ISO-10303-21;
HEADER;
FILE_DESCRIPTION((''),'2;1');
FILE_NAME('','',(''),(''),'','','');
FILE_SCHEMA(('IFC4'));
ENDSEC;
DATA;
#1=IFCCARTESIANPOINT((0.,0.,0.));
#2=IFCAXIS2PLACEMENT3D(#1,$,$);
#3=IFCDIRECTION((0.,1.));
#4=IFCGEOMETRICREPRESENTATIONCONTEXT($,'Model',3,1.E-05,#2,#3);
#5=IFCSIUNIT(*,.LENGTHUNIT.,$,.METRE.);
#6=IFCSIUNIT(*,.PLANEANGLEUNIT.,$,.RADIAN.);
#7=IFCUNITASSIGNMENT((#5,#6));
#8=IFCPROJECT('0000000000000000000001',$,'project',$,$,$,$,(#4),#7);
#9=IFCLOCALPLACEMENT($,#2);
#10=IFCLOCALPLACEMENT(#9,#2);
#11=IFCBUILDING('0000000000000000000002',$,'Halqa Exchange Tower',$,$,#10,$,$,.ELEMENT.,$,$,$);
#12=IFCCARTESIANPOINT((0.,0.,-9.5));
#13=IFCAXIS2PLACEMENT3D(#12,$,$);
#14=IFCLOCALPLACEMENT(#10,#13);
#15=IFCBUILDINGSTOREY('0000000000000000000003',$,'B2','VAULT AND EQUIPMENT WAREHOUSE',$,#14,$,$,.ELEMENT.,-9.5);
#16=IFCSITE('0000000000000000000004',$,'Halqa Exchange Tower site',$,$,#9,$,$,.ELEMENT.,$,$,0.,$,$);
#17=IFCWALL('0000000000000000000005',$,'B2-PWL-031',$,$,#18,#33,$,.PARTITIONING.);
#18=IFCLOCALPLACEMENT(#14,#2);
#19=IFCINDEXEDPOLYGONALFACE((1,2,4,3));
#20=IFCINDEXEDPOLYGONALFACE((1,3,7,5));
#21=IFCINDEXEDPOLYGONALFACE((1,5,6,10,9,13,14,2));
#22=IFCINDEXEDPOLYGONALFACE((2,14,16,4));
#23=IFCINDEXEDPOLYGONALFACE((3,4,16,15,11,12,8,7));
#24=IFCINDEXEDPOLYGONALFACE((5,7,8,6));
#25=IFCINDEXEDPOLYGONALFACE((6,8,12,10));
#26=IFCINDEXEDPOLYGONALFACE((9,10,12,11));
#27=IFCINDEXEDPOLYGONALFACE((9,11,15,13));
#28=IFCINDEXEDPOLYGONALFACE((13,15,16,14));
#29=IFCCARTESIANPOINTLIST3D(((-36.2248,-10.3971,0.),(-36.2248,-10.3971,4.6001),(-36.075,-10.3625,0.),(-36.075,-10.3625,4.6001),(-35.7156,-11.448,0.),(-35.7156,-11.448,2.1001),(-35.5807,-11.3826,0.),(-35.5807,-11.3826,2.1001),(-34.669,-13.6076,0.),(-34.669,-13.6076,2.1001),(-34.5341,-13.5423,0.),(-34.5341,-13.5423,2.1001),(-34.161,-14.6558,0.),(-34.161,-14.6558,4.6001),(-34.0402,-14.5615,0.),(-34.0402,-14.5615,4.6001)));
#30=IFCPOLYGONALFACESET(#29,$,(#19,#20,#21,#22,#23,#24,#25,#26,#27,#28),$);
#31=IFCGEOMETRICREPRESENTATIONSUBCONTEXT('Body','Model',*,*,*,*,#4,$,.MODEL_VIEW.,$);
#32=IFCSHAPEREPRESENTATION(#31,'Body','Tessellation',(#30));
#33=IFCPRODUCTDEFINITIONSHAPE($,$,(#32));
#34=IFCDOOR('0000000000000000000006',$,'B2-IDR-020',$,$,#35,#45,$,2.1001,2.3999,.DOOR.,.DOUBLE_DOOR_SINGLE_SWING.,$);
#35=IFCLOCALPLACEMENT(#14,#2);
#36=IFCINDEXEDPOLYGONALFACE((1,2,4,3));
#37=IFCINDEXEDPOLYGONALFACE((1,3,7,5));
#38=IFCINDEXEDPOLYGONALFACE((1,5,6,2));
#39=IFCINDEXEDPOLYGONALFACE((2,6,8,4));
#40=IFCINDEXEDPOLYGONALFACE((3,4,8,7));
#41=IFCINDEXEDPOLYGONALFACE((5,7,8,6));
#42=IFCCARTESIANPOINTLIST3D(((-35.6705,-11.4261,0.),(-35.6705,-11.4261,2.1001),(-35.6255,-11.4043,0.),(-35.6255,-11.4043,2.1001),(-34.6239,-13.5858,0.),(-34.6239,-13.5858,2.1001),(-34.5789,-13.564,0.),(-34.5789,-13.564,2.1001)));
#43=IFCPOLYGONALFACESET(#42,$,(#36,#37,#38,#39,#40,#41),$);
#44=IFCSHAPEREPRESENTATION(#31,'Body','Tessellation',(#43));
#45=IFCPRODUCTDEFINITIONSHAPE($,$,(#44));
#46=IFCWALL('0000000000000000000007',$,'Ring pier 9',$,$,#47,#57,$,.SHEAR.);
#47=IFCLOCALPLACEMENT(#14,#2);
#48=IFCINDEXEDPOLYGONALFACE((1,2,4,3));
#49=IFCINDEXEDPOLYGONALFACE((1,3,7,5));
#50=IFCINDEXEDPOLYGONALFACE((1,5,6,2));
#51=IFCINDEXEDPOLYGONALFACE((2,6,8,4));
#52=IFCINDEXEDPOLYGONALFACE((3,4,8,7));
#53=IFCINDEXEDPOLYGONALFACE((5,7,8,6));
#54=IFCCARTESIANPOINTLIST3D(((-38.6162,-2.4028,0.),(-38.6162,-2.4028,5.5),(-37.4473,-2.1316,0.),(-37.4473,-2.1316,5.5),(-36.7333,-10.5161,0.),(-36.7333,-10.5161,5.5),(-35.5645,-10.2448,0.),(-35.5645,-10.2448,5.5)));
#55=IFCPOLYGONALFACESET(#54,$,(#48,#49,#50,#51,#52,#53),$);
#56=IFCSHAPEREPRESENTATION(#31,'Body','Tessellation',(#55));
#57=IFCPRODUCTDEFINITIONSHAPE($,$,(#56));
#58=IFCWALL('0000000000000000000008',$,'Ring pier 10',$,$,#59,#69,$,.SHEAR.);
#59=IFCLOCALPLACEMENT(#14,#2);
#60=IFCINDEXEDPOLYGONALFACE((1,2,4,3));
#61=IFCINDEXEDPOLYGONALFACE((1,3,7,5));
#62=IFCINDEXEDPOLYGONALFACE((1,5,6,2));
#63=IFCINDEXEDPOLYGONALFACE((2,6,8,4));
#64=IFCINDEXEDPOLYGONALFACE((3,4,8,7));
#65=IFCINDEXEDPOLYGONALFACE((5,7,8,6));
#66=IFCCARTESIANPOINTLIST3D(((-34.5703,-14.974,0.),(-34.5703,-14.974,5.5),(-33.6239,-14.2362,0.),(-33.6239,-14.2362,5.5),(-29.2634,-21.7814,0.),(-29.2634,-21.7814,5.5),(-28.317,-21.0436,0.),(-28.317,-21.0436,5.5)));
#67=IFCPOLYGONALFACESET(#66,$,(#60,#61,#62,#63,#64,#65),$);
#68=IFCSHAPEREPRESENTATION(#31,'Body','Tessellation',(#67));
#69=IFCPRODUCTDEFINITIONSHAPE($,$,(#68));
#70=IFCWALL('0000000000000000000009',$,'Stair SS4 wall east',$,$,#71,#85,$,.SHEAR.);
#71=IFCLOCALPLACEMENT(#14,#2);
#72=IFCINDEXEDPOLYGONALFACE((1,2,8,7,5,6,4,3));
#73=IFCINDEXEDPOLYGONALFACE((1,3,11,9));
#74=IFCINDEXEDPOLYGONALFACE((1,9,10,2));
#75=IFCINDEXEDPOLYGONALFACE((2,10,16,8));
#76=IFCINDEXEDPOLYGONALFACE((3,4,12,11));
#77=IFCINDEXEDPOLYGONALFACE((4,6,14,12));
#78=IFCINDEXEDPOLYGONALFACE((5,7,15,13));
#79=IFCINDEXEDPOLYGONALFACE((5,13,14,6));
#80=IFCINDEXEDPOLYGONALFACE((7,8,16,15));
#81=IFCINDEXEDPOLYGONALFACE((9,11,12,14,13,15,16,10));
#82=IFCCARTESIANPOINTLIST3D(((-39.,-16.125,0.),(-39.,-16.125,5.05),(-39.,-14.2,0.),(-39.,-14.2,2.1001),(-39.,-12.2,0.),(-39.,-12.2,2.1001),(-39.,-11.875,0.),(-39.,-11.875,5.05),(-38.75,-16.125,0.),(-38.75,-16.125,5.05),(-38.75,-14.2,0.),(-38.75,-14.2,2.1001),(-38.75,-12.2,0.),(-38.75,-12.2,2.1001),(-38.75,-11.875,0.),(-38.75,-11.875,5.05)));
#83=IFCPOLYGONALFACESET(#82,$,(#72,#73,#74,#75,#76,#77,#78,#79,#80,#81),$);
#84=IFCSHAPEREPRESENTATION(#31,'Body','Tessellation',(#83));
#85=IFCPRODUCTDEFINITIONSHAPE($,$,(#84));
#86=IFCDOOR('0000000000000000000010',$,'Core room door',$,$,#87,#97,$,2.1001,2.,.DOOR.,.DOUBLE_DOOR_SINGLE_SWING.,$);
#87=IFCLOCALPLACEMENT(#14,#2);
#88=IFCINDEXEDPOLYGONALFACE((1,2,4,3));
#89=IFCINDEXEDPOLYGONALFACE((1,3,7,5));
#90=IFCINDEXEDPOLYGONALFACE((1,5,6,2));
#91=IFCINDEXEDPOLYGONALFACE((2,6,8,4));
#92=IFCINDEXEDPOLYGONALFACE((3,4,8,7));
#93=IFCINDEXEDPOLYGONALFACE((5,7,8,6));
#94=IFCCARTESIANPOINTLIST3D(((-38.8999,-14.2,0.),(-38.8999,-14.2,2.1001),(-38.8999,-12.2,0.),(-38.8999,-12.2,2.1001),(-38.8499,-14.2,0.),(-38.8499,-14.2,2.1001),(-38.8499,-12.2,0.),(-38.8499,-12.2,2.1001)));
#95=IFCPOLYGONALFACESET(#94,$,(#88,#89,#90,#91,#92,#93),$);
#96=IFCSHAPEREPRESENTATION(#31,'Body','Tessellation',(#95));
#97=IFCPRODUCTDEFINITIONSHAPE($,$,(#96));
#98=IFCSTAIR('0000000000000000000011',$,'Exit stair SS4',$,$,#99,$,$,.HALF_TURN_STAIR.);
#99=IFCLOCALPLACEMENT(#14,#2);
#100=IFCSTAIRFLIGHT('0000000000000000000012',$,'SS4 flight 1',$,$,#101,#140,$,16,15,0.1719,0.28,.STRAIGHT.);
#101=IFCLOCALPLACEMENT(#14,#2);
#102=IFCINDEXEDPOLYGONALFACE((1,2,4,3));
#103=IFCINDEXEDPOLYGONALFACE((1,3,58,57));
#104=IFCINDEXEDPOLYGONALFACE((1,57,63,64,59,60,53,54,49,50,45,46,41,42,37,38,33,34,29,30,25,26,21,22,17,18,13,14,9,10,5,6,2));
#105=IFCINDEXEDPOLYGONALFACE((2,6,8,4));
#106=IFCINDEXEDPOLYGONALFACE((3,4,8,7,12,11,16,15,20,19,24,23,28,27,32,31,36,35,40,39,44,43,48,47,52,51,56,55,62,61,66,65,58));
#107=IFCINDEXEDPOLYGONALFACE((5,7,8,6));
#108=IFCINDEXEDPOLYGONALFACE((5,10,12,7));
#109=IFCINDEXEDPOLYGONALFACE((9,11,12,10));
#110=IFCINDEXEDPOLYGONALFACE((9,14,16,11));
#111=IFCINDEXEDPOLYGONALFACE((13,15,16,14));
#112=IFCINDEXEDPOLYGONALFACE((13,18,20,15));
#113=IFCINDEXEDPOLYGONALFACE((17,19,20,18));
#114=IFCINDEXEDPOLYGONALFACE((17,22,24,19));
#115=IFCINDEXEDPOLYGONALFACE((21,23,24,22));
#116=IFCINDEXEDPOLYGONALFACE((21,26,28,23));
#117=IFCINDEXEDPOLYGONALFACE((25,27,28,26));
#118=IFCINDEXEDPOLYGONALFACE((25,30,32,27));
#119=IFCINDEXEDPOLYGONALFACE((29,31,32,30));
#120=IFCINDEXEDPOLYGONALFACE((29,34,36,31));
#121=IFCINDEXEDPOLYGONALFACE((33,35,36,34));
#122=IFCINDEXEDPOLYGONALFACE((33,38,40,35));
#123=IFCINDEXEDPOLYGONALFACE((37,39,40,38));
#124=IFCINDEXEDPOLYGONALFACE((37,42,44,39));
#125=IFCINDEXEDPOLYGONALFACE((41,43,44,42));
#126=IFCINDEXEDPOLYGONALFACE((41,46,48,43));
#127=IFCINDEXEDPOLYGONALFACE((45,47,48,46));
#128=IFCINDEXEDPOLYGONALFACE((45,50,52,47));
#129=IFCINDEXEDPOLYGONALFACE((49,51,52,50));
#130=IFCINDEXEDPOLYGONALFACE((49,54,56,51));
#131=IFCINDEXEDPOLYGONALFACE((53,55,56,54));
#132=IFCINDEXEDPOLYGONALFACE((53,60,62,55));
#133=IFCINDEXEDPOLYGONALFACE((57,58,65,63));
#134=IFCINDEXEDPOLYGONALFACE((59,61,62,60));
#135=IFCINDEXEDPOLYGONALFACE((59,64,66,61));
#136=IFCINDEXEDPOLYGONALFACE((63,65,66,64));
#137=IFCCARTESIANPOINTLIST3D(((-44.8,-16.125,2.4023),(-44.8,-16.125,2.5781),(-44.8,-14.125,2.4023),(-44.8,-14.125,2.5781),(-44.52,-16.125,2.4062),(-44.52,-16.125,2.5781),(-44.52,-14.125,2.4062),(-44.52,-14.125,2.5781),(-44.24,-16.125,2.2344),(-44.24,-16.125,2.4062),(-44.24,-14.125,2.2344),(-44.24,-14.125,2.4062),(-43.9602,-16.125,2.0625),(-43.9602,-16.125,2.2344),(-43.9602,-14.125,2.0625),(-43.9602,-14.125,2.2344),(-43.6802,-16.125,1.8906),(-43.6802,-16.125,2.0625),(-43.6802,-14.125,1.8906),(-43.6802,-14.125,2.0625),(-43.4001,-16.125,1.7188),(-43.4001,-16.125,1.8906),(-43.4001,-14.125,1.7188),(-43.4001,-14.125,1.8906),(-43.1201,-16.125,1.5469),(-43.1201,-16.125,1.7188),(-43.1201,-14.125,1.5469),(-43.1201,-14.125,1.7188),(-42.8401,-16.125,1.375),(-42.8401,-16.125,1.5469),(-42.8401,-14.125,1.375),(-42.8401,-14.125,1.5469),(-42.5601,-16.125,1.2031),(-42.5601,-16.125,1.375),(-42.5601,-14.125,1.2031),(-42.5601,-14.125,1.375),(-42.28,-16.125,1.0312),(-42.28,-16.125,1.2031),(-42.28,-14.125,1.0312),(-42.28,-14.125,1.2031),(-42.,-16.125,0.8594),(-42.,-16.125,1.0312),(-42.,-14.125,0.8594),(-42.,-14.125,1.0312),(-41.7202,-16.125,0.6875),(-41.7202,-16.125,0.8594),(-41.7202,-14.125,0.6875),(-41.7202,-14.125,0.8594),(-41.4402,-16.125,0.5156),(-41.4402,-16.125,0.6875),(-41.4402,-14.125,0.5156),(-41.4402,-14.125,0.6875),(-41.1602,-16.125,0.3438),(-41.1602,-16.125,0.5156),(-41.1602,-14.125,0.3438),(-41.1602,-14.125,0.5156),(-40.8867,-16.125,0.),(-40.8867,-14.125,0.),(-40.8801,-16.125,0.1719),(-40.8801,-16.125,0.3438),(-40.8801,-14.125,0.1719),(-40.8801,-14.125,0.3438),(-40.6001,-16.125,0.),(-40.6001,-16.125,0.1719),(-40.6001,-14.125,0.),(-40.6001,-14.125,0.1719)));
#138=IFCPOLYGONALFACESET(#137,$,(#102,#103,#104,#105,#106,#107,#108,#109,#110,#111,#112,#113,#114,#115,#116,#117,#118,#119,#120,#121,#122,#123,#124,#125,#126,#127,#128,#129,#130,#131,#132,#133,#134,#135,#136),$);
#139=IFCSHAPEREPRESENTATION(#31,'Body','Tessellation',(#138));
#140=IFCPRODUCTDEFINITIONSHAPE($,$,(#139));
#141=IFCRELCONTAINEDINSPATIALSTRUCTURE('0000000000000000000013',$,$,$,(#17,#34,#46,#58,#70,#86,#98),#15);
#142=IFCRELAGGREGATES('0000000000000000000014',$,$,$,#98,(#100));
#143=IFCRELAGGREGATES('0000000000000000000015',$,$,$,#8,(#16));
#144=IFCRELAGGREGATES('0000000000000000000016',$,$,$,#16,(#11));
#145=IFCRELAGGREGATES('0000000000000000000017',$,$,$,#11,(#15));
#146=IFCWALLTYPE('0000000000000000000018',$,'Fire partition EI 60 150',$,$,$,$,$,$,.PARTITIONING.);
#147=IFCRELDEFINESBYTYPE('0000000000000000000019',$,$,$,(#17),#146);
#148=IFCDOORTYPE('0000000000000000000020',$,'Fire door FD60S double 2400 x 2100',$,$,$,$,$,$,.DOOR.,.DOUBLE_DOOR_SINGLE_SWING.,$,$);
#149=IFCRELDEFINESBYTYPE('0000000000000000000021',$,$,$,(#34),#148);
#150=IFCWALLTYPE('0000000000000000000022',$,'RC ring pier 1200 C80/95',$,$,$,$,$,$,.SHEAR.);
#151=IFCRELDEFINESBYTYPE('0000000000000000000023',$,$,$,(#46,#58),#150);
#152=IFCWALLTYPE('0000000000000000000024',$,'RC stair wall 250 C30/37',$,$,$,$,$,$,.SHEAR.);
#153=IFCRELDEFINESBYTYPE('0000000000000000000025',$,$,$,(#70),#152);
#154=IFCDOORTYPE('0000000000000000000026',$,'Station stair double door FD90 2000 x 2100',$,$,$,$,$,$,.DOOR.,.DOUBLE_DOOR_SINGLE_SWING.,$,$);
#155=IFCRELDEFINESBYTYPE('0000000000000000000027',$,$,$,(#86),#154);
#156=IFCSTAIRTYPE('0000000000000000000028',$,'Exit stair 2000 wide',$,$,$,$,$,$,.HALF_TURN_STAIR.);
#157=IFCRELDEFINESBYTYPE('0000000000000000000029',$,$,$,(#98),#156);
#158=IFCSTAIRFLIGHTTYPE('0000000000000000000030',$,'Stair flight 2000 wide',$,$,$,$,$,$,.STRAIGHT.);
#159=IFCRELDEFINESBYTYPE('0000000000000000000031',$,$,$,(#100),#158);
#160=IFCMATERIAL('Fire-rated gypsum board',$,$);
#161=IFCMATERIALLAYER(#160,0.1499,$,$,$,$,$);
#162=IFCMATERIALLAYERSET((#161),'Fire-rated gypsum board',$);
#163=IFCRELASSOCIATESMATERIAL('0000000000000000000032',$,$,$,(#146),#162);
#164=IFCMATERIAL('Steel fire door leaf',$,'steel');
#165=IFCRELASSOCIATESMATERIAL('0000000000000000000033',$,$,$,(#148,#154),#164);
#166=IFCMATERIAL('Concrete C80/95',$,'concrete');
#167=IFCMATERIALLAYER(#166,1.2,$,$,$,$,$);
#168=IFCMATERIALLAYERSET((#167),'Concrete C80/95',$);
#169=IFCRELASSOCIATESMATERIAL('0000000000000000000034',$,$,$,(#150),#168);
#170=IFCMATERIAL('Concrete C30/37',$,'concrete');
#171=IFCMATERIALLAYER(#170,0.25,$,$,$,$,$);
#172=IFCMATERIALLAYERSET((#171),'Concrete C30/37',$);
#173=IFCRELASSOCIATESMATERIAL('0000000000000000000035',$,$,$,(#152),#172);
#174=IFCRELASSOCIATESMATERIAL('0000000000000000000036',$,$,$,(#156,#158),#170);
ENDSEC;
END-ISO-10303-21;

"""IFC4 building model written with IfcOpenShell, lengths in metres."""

from ifc_helpers import new_model, si_unit, direction, frame, frame_2d, origin, place, context, subcontext, project, spatial, polyline, rectangle, outline, extrude, material, layer, layer_set, type_object, element, fill, aggregate, save


model = new_model("IFC4")

# Units and contexts
model_context = context("Model", 3, precision=1e-05, world=origin(), true_north=direction((0.0, 1.0)))
body_context = subcontext(model_context, "Body", "Model", "MODEL_VIEW")
ifc_project = project(units=[si_unit("LENGTHUNIT", "METRE"), si_unit("PLANEANGLEUNIT", "RADIAN")], contexts=[model_context])

# Site, building, storey
site_placement = place(None, origin())
site = spatial("IfcSite", under=ifc_project, at=site_placement, Name="Halqa Exchange Tower site", CompositionType="ELEMENT", RefElevation=0.0)
building_placement = place(site_placement, origin())
building = spatial("IfcBuilding", under=site, at=building_placement, Name="Halqa Exchange Tower", CompositionType="ELEMENT")
storey_placement = place(building_placement, frame((0.0, 0.0, -9.5)))
storey = spatial("IfcBuildingStorey", under=building, at=storey_placement, Name="B2", Description="VAULT AND EQUIPMENT WAREHOUSE", CompositionType="ELEMENT", Elevation=-9.5)

# Shared definitions
ifc_material_1 = material(Name="Fire-rated gypsum board")
ifc_layer_1 = layer(ifc_material_1, 0.1499)
ifc_layer_set_1 = layer_set([ifc_layer_1], Name="Fire-rated gypsum board")
wall_type_1 = type_object("IfcWallType", Name="Fire partition EI 60 150", PredefinedType="PARTITIONING", material=ifc_layer_set_1)
ifc_material_2 = material(Name="Steel fire door leaf", Category="steel")

# Wall, opening, door
door_type_1 = type_object("IfcDoorType", Name="Fire door FD60S double 2400 x 2100", OperationType="DOUBLE_DOOR_SINGLE_SWING", PredefinedType="DOOR", material=ifc_material_2)
wall_1_placement = place(storey_placement, frame((-34.1006, -14.6086, 0.0), z_axis=(0.0, 0.0, 1.0), x_axis=(-0.436103, 0.899897, 0.0)))
wall_1 = element("IfcWall", 1, at=wall_1_placement, inside=storey, type_object=wall_type_1, Name="B2-PWL-031", PredefinedType="PARTITIONING", context=body_context, shape_type="SweptSolid", body=[
    extrude(outline(polyline([(0.0161, -0.075), (4.6821, -0.075), (4.7163, 0.075), (-0.0161, 0.075), (0.0161, -0.075)])), origin(), (0.0, 0.0, 1.0), 4.6001),
])
opening_1_placement = place(wall_1_placement, frame((1.1487, 0.0, 0.0)))
opening_1 = element("IfcOpeningElement", 2, at=opening_1_placement, cuts=wall_1, PredefinedType="OPENING", context=body_context, shape_type="SweptSolid", body=[
    extrude(rectangle(XDim=2.3999, YDim=2.1001, at=frame_2d((1.2, 1.05))), frame((0.0, 0.0869, 0.0), z_axis=(0.0, -1.0, 0.0), x_axis=(1.0, 0.0, 0.0)), (0.0, 0.0, 1.0), 0.1738),
])
door_1_placement = place(opening_1_placement, origin())
door_1 = element("IfcDoor", 3, at=door_1_placement, inside=storey, type_object=door_type_1, Name="B2-IDR-020", OperationType="DOUBLE_DOOR_SINGLE_SWING", OverallHeight=2.1001, OverallWidth=2.3999, PredefinedType="DOOR", context=body_context, shape_type="SweptSolid", body=[
    extrude(rectangle(XDim=2.3999, YDim=2.1001, at=frame_2d((1.2, 1.05))), frame((0.0, 0.0249, 0.0), z_axis=(0.0, -1.0, 0.0), x_axis=(1.0, 0.0, 0.0)), (0.0, 0.0, 1.0), 0.05),
])
fill(opening_1, door_1)

# Walls
ifc_material_3 = material(Name="Concrete C80/95", Category="concrete")
ifc_layer_2 = layer(ifc_material_3, 1.2)
ifc_layer_set_2 = layer_set([ifc_layer_2], Name="Concrete C80/95")
wall_type_2 = type_object("IfcWallType", Name="RC ring pier 1200 C80/95", PredefinedType="SHEAR", material=ifc_layer_set_2)
wall_2_placement = place(storey_placement, frame((-38.0317, -2.2671, 0.0), z_axis=(0.0, 0.0, 1.0), x_axis=(0.226058, -0.974114, 0.0)))
element("IfcWall", 4, at=wall_2_placement, inside=storey, type_object=wall_type_2, Name="Ring pier 9", PredefinedType="SHEAR", context=body_context, shape_type="SweptSolid", body=[
    extrude(rectangle(XDim=8.3289, YDim=1.2, at=frame_2d((4.1646, 0.0))), origin(), (0.0, 0.0, 1.0), 5.5),
])
wall_3_placement = place(storey_placement, frame((-34.0972, -14.605, 0.0), z_axis=(0.0, 0.0, 1.0), x_axis=(0.614825, -0.788663, 0.0)))
element("IfcWall", 5, at=wall_3_placement, inside=storey, type_object=wall_type_2, Name="Ring pier 10", PredefinedType="SHEAR", context=body_context, shape_type="SweptSolid", body=[
    extrude(rectangle(XDim=8.6316, YDim=1.2, at=frame_2d((4.3159, 0.0))), origin(), (0.0, 0.0, 1.0), 5.5),
])

# Wall, opening, door
ifc_material_4 = material(Name="Concrete C30/37", Category="concrete")
ifc_layer_3 = layer(ifc_material_4, 0.25)
ifc_layer_set_3 = layer_set([ifc_layer_3], Name="Concrete C30/37")
wall_type_3 = type_object("IfcWallType", Name="RC stair wall 250 C30/37", PredefinedType="SHEAR", material=ifc_layer_set_3)
wall_4_placement = place(storey_placement, frame((-38.875, -16.125, 0.0), z_axis=(0.0, 0.0, 1.0), x_axis=(0.0, 1.0, 0.0)))
wall_4 = element("IfcWall", 6, at=wall_4_placement, inside=storey, type_object=wall_type_3, Name="Stair SS4 wall east", PredefinedType="SHEAR", context=body_context, shape_type="SweptSolid", body=[
    extrude(rectangle(XDim=4.25, YDim=0.25, at=frame_2d((2.125, 0.0))), origin(), (0.0, 0.0, 1.0), 5.05),
])
opening_2_placement = place(wall_4_placement, frame((1.925, 0.0, 0.0)))
opening_2 = element("IfcOpeningElement", 7, at=opening_2_placement, cuts=wall_4, PredefinedType="OPENING", context=body_context, shape_type="SweptSolid", body=[
    extrude(rectangle(XDim=2.0, YDim=2.1001, at=frame_2d((1.0, 1.05))), frame((0.0, 0.137, 0.0), z_axis=(0.0, -1.0, 0.0), x_axis=(1.0, 0.0, 0.0)), (0.0, 0.0, 1.0), 0.2739),
])
door_type_2 = type_object("IfcDoorType", Name="Station stair double door FD90 2000 x 2100", OperationType="DOUBLE_DOOR_SINGLE_SWING", PredefinedType="DOOR", material=ifc_material_2)
door_2_placement = place(opening_2_placement, origin())
door_2 = element("IfcDoor", 8, at=door_2_placement, inside=storey, type_object=door_type_2, Name="Core room door", OperationType="DOUBLE_DOOR_SINGLE_SWING", OverallHeight=2.1001, OverallWidth=2.0, PredefinedType="DOOR", context=body_context, shape_type="SweptSolid", body=[
    extrude(rectangle(XDim=2.0, YDim=2.1001, at=frame_2d((1.0, 1.05))), frame((0.0, 0.0249, 0.0), z_axis=(0.0, -1.0, 0.0), x_axis=(1.0, 0.0, 0.0)), (0.0, 0.0, 1.0), 0.05),
])
fill(opening_2, door_2)

# Stair, stair flight
stair_type = type_object("IfcStairType", Name="Exit stair 2000 wide", PredefinedType="HALF_TURN_STAIR", material=ifc_material_4)
stair_placement = place(storey_placement, origin())
stair = element("IfcStair", 9, at=stair_placement, inside=storey, type_object=stair_type, Name="Exit stair SS4", PredefinedType="HALF_TURN_STAIR")
stair_flight_type = type_object("IfcStairFlightType", Name="Stair flight 2000 wide", PredefinedType="STRAIGHT", material=ifc_material_4)
stair_flight_placement = place(storey_placement, frame((-40.6001, -15.125, 0.0), z_axis=(0.0, 0.0, 1.0), x_axis=(-1.0, 0.0, 0.0)))
stair_flight = element("IfcStairFlight", 10, at=stair_flight_placement, type_object=stair_flight_type, Name="SS4 flight 1", NumberOfRisers=16, NumberOfTreads=15, PredefinedType="STRAIGHT", RiserHeight=0.1719, TreadLength=0.28, context=body_context, shape_type="SweptSolid", body=[
    extrude(outline(polyline([(0.0, 0.0), (0.0, 0.1719), (0.28, 0.1719), (0.28, 0.3438), (0.5601, 0.3438), (0.5601, 0.5156), (0.8401, 0.5156), (0.8401, 0.6875), (1.1201, 0.6875), (1.1201, 0.8594), (1.3999, 0.8594), (1.3999, 1.0312), (1.6799, 1.0312), (1.6799, 1.2031), (1.96, 1.2031), (1.96, 1.375), (2.24, 1.375), (2.24, 1.5469), (2.52, 1.5469), (2.52, 1.7188), (2.8, 1.7188), (2.8, 1.8906), (3.0801, 1.8906), (3.0801, 2.0625), (3.3601, 2.0625), (3.3601, 2.2344), (3.6399, 2.2344), (3.6399, 2.4062), (3.9199, 2.4062), (3.9199, 2.5781), (4.2, 2.5781), (4.2, 2.75), (4.2, 2.4023), (0.2866, 0.0), (0.0, 0.0)])), frame((0.0, 1.0, 0.0), z_axis=(0.0, -1.0, 0.0), x_axis=(1.0, 0.0, 0.0)), (0.0, 0.0, 1.0), 2.0),
])
aggregate(stair, [stair_flight])

save(model, "model.ifc")
